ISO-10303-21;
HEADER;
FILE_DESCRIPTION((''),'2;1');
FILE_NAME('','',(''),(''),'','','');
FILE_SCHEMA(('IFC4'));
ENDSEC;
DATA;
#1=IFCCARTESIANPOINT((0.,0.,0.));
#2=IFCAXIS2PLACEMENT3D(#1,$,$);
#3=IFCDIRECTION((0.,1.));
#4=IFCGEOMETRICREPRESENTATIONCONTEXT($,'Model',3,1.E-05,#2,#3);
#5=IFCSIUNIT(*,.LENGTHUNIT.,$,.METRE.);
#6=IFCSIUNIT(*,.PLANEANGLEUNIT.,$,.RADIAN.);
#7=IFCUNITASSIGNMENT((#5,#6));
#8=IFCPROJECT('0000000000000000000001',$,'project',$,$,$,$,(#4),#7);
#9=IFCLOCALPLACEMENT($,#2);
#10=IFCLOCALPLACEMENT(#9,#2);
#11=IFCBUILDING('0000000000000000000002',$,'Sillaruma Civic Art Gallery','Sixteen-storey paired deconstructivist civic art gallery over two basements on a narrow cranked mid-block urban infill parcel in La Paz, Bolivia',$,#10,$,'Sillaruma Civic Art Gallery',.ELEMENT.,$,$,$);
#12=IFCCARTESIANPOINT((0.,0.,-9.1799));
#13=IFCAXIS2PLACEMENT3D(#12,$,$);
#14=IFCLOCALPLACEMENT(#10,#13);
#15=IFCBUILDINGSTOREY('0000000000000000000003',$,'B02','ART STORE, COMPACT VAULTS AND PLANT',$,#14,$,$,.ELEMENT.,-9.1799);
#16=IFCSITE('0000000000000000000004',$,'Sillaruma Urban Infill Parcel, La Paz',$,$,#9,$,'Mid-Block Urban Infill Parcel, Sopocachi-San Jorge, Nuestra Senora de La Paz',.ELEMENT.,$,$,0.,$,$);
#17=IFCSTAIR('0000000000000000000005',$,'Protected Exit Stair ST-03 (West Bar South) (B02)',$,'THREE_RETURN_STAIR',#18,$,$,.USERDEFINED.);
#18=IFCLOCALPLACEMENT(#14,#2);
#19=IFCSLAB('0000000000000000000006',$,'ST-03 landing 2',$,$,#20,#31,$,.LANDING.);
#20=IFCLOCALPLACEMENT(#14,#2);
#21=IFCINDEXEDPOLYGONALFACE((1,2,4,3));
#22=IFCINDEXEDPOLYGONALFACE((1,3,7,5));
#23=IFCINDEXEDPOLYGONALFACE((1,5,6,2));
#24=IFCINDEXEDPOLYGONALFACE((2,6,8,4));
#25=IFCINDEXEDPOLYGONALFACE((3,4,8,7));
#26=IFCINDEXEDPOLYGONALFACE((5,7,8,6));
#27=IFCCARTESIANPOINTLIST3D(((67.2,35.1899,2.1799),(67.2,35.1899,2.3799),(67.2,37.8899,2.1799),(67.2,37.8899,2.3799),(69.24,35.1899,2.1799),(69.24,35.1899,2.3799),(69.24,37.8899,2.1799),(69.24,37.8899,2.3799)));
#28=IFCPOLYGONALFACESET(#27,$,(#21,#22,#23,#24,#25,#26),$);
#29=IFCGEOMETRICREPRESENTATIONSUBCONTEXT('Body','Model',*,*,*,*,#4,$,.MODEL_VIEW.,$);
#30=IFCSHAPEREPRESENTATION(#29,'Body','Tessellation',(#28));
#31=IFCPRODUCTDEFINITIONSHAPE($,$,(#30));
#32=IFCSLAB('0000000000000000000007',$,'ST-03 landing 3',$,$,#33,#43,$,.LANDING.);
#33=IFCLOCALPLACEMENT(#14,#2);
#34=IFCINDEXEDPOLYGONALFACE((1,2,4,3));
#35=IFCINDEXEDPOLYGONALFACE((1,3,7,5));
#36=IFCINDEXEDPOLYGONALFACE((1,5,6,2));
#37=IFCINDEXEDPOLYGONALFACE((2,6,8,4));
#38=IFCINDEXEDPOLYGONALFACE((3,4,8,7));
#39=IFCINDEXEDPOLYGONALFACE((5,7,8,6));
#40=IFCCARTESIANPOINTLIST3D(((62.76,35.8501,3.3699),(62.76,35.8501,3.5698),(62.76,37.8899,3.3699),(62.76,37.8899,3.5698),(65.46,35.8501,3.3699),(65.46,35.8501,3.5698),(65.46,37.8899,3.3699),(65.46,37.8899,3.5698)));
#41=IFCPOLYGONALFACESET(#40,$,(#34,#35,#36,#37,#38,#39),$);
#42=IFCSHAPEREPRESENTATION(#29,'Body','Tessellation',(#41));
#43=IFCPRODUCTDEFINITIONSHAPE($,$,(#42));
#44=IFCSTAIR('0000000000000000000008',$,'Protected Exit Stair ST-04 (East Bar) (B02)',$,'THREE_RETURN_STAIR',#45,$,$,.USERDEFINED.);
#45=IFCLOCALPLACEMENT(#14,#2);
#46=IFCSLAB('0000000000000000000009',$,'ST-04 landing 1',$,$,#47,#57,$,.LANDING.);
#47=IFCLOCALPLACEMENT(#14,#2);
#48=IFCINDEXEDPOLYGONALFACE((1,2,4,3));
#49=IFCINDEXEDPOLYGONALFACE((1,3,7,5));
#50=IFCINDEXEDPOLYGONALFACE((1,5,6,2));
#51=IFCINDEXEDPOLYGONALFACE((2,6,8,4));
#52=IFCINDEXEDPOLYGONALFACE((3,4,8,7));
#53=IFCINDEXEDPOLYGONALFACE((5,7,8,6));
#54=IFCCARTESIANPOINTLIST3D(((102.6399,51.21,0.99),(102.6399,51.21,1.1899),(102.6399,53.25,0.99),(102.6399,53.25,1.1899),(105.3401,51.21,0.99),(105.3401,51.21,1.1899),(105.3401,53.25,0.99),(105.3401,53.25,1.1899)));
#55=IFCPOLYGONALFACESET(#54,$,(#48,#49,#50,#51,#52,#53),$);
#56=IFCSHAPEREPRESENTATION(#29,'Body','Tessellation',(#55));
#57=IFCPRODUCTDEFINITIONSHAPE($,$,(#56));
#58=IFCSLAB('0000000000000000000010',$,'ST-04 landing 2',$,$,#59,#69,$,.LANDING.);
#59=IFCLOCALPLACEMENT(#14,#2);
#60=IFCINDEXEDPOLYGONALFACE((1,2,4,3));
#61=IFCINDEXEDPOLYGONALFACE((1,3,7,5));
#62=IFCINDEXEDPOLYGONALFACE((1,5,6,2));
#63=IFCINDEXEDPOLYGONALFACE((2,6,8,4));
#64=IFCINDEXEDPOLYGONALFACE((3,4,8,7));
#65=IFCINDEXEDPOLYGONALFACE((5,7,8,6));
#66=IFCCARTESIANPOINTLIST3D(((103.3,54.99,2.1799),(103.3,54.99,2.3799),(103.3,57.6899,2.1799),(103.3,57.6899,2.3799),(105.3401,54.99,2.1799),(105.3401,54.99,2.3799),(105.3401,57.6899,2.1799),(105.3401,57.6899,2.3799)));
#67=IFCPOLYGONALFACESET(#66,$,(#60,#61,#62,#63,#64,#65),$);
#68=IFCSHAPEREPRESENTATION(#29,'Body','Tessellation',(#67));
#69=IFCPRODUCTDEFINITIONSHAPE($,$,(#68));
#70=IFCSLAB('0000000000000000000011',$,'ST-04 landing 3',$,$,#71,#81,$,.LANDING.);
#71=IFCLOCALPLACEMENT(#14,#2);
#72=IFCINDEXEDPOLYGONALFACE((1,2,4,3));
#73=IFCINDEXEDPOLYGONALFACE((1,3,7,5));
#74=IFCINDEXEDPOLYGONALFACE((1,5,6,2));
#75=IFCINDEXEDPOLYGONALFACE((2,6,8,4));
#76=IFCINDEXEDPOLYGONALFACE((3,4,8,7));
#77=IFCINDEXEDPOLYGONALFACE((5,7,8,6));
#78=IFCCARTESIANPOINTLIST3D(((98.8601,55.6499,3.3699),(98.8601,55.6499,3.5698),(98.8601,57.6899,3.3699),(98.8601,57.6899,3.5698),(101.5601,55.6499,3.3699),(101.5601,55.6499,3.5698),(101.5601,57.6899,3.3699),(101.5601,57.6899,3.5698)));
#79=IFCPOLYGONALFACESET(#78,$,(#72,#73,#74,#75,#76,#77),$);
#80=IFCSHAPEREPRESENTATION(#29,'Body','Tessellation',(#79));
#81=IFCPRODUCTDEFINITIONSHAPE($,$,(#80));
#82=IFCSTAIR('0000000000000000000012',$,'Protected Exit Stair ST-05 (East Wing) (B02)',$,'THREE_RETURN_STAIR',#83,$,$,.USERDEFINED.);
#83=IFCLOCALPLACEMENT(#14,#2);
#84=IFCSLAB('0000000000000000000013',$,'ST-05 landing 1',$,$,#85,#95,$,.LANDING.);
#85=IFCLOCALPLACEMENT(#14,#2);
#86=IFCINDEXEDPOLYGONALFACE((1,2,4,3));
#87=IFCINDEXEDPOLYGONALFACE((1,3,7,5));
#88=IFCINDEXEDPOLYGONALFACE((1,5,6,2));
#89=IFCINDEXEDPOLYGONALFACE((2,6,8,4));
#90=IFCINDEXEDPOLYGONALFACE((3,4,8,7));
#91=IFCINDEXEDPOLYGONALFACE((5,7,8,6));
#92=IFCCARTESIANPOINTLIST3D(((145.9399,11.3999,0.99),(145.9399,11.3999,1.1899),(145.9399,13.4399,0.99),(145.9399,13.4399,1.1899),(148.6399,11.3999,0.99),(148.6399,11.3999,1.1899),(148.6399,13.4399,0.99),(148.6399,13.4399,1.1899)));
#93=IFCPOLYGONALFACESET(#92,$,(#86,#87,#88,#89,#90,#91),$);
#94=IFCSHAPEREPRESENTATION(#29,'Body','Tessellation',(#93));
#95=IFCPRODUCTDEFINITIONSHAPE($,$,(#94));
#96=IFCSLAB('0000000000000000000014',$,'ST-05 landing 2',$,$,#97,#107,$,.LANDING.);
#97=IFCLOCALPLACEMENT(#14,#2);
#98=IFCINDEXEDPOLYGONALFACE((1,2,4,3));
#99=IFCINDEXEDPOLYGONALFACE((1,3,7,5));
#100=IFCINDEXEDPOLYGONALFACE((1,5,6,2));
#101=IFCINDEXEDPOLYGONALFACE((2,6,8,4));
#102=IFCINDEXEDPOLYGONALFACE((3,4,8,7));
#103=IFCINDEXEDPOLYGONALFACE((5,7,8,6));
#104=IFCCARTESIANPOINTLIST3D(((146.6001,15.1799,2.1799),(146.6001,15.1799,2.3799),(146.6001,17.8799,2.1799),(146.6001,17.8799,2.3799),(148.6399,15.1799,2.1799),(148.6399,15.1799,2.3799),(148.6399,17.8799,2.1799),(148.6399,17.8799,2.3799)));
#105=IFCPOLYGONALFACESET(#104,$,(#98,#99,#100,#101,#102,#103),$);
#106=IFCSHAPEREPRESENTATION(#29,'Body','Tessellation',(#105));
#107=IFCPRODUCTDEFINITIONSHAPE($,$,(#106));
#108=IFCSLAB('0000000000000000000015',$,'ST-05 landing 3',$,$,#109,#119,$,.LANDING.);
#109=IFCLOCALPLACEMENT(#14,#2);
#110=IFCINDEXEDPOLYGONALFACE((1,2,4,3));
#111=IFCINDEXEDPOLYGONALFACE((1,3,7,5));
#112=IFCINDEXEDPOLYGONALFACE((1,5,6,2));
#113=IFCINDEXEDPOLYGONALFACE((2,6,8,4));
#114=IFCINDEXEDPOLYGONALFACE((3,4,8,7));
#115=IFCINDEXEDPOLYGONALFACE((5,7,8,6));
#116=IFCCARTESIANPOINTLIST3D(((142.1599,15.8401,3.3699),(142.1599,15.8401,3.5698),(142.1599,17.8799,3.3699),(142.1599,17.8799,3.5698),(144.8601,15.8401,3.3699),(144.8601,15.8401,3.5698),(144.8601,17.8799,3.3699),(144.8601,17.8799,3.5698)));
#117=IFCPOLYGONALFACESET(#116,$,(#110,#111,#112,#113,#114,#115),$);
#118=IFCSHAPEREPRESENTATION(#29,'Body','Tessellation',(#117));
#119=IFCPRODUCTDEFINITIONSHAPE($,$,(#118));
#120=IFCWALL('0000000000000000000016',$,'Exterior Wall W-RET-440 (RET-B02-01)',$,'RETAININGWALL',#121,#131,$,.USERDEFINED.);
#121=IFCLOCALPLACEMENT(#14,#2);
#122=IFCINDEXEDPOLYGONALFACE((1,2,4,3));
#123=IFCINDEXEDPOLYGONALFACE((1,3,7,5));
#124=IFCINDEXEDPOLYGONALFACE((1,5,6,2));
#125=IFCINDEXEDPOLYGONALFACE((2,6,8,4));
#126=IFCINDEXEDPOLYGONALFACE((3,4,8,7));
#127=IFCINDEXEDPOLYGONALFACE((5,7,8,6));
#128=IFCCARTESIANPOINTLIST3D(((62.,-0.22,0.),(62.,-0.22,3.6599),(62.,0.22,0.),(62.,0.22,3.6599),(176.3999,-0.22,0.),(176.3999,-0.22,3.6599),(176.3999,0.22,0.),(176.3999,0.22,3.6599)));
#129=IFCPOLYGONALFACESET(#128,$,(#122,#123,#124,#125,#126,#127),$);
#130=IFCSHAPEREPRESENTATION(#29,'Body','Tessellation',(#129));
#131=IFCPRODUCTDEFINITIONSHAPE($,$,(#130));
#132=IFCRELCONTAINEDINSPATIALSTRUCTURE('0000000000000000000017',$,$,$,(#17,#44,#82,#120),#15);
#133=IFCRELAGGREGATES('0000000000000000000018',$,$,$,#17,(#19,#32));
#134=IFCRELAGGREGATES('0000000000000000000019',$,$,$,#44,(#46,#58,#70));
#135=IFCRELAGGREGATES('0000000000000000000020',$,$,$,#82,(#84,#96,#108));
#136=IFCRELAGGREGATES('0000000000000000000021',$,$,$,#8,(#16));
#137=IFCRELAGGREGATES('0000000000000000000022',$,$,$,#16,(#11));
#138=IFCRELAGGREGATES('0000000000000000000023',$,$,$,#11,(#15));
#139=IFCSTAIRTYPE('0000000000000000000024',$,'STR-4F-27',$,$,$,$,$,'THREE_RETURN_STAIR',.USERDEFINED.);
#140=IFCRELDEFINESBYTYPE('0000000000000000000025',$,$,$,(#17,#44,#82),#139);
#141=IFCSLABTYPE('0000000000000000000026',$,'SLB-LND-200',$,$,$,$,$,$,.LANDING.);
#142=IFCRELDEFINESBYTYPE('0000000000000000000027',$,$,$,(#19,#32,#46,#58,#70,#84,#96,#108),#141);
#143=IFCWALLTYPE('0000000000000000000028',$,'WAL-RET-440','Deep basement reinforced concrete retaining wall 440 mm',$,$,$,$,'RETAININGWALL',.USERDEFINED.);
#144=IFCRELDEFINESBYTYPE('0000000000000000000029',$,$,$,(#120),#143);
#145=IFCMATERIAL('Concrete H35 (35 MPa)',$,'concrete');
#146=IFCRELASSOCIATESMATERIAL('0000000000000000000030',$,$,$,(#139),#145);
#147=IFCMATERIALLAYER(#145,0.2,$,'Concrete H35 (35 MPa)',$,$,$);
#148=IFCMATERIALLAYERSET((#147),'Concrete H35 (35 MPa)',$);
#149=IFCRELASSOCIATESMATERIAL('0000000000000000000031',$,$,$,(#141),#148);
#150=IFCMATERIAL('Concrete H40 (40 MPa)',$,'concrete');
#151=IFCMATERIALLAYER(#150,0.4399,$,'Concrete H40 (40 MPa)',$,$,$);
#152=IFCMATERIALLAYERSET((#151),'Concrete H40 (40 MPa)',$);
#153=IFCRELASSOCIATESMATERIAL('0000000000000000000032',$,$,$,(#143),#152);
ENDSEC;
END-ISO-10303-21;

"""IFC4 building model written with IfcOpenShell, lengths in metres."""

from ifc_helpers import new_model, si_unit, direction, frame, frame_2d, origin, place, context, subcontext, project, spatial, polyline, rectangle, outline, extrude, material, layer, layer_set, type_object, element, aggregate, save


model = new_model("IFC4")

# Units and contexts
model_context = context("Model", 3, precision=1e-05, world=origin(), true_north=direction((0.0, 1.0)))
body_context = subcontext(model_context, "Body", "Model", "MODEL_VIEW")
ifc_project = project(units=[si_unit("LENGTHUNIT", "METRE"), si_unit("PLANEANGLEUNIT", "RADIAN")], contexts=[model_context])

# Site, building, storey
site_placement = place(None, origin())
site = spatial("IfcSite", under=ifc_project, at=site_placement, Name="Sillaruma Urban Infill Parcel, La Paz", LongName="Mid-Block Urban Infill Parcel, Sopocachi-San Jorge, Nuestra Senora de La Paz", CompositionType="ELEMENT", RefElevation=0.0)
building_placement = place(site_placement, origin())
building = spatial("IfcBuilding", under=site, at=building_placement, Name="Sillaruma Civic Art Gallery", Description="Sixteen-storey paired deconstructivist civic art gallery over two basements on a narrow cranked mid-block urban infill parcel in La Paz, Bolivia", LongName="Sillaruma Civic Art Gallery", CompositionType="ELEMENT")
storey_placement = place(building_placement, frame((0.0, 0.0, -9.1799)))
storey = spatial("IfcBuildingStorey", under=building, at=storey_placement, Name="B02", Description="ART STORE, COMPACT VAULTS AND PLANT", CompositionType="ELEMENT", Elevation=-9.1799)

# Shared definitions
ifc_material_1 = material(Name="Concrete H35 (35 MPa)", Category="concrete")

# Shared definitions
ifc_material_2 = material(Name="Concrete H40 (40 MPa)", Category="concrete")

# Stairs, slabs
stair_type = type_object("IfcStairType", Name="STR-4F-27", ElementType="THREE_RETURN_STAIR", PredefinedType="USERDEFINED", material=ifc_material_1)
ifc_layer_1 = layer(ifc_material_1, 0.2, Name="Concrete H35 (35 MPa)")
ifc_layer_set_1 = layer_set([ifc_layer_1], Name="Concrete H35 (35 MPa)")
slab_type_1 = type_object("IfcSlabType", Name="SLB-LND-200", PredefinedType="LANDING", material=ifc_layer_set_1)
stair_1_placement = place(storey_placement, origin())
stair_1 = element("IfcStair", 1, at=stair_1_placement, inside=storey, type_object=stair_type, Name="Protected Exit Stair ST-03 (West Bar South) (B02)", ObjectType="THREE_RETURN_STAIR", PredefinedType="USERDEFINED")
slab_1_placement = place(storey_placement, frame((0.0, 0.0, 2.1799)))
slab_1 = element("IfcSlab", 2, at=slab_1_placement, type_object=slab_type_1, Name="ST-03 landing 2", PredefinedType="LANDING", context=body_context, shape_type="SweptSolid", body=[
    extrude(outline(polyline([(67.2, 35.1899), (69.24, 35.1899), (69.24, 37.8899), (67.2, 37.8899), (67.2, 35.1899)])), origin(), (0.0, 0.0, 1.0), 0.2),
])
slab_2_placement = place(storey_placement, frame((0.0, 0.0, 3.3699)))
slab_2 = element("IfcSlab", 3, at=slab_2_placement, type_object=slab_type_1, Name="ST-03 landing 3", PredefinedType="LANDING", context=body_context, shape_type="SweptSolid", body=[
    extrude(outline(polyline([(62.76, 35.8501), (65.46, 35.8501), (65.46, 37.8899), (62.76, 37.8899), (62.76, 35.8501)])), origin(), (0.0, 0.0, 1.0), 0.2),
])
aggregate(stair_1, [slab_1, slab_2])
stair_2_placement = place(storey_placement, origin())
stair_2 = element("IfcStair", 4, at=stair_2_placement, inside=storey, type_object=stair_type, Name="Protected Exit Stair ST-04 (East Bar) (B02)", ObjectType="THREE_RETURN_STAIR", PredefinedType="USERDEFINED")
slab_3_placement = place(storey_placement, frame((0.0, 0.0, 0.99)))
slab_3 = element("IfcSlab", 5, at=slab_3_placement, type_object=slab_type_1, Name="ST-04 landing 1", PredefinedType="LANDING", context=body_context, shape_type="SweptSolid", body=[
    extrude(outline(polyline([(102.6399, 51.21), (105.3401, 51.21), (105.3401, 53.25), (102.6399, 53.25), (102.6399, 51.21)])), origin(), (0.0, 0.0, 1.0), 0.2),
])
slab_4_placement = place(storey_placement, frame((0.0, 0.0, 2.1799)))
slab_4 = element("IfcSlab", 6, at=slab_4_placement, type_object=slab_type_1, Name="ST-04 landing 2", PredefinedType="LANDING", context=body_context, shape_type="SweptSolid", body=[
    extrude(outline(polyline([(103.3, 54.99), (105.3401, 54.99), (105.3401, 57.6899), (103.3, 57.6899), (103.3, 54.99)])), origin(), (0.0, 0.0, 1.0), 0.2),
])
slab_5_placement = place(storey_placement, frame((0.0, 0.0, 3.3699)))
slab_5 = element("IfcSlab", 7, at=slab_5_placement, type_object=slab_type_1, Name="ST-04 landing 3", PredefinedType="LANDING", context=body_context, shape_type="SweptSolid", body=[
    extrude(outline(polyline([(98.8601, 55.6499), (101.5601, 55.6499), (101.5601, 57.6899), (98.8601, 57.6899), (98.8601, 55.6499)])), origin(), (0.0, 0.0, 1.0), 0.2),
])
aggregate(stair_2, [slab_3, slab_4, slab_5])
stair_3_placement = place(storey_placement, origin())
stair_3 = element("IfcStair", 8, at=stair_3_placement, inside=storey, type_object=stair_type, Name="Protected Exit Stair ST-05 (East Wing) (B02)", ObjectType="THREE_RETURN_STAIR", PredefinedType="USERDEFINED")
slab_6_placement = place(storey_placement, frame((0.0, 0.0, 0.99)))
slab_6 = element("IfcSlab", 9, at=slab_6_placement, type_object=slab_type_1, Name="ST-05 landing 1", PredefinedType="LANDING", context=body_context, shape_type="SweptSolid", body=[
    extrude(outline(polyline([(145.9399, 11.3999), (148.6399, 11.3999), (148.6399, 13.4399), (145.9399, 13.4399), (145.9399, 11.3999)])), origin(), (0.0, 0.0, 1.0), 0.2),
])
slab_7_placement = place(storey_placement, frame((0.0, 0.0, 2.1799)))
slab_7 = element("IfcSlab", 10, at=slab_7_placement, type_object=slab_type_1, Name="ST-05 landing 2", PredefinedType="LANDING", context=body_context, shape_type="SweptSolid", body=[
    extrude(outline(polyline([(146.6001, 15.1799), (148.6399, 15.1799), (148.6399, 17.8799), (146.6001, 17.8799), (146.6001, 15.1799)])), origin(), (0.0, 0.0, 1.0), 0.2),
])
slab_8_placement = place(storey_placement, frame((0.0, 0.0, 3.3699)))
slab_8 = element("IfcSlab", 11, at=slab_8_placement, type_object=slab_type_1, Name="ST-05 landing 3", PredefinedType="LANDING", context=body_context, shape_type="SweptSolid", body=[
    extrude(outline(polyline([(142.1599, 15.8401), (144.8601, 15.8401), (144.8601, 17.8799), (142.1599, 17.8799), (142.1599, 15.8401)])), origin(), (0.0, 0.0, 1.0), 0.2),
])
aggregate(stair_3, [slab_6, slab_7, slab_8])

# Wall
ifc_layer_2 = layer(ifc_material_2, 0.4399, Name="Concrete H40 (40 MPa)")
ifc_layer_set_2 = layer_set([ifc_layer_2], Name="Concrete H40 (40 MPa)")
wall_type = type_object("IfcWallType", Name="WAL-RET-440", Description="Deep basement reinforced concrete retaining wall 440 mm", ElementType="RETAININGWALL", PredefinedType="USERDEFINED", material=ifc_layer_set_2)
wall_placement = place(storey_placement, frame((62.0, 0.0, 0.0), z_axis=(0.0, 0.0, 1.0), x_axis=(1.0, 0.0, 0.0)))
element("IfcWall", 12, at=wall_placement, inside=storey, type_object=wall_type, Name="Exterior Wall W-RET-440 (RET-B02-01)", ObjectType="RETAININGWALL", PredefinedType="USERDEFINED", context=body_context, shape_type="SweptSolid", body=[
    extrude(rectangle(XDim=114.3999, YDim=0.4399, at=frame_2d((57.2, 0.0))), origin(), (0.0, 0.0, 1.0), 3.6599),
])

save(model, "model.ifc")
